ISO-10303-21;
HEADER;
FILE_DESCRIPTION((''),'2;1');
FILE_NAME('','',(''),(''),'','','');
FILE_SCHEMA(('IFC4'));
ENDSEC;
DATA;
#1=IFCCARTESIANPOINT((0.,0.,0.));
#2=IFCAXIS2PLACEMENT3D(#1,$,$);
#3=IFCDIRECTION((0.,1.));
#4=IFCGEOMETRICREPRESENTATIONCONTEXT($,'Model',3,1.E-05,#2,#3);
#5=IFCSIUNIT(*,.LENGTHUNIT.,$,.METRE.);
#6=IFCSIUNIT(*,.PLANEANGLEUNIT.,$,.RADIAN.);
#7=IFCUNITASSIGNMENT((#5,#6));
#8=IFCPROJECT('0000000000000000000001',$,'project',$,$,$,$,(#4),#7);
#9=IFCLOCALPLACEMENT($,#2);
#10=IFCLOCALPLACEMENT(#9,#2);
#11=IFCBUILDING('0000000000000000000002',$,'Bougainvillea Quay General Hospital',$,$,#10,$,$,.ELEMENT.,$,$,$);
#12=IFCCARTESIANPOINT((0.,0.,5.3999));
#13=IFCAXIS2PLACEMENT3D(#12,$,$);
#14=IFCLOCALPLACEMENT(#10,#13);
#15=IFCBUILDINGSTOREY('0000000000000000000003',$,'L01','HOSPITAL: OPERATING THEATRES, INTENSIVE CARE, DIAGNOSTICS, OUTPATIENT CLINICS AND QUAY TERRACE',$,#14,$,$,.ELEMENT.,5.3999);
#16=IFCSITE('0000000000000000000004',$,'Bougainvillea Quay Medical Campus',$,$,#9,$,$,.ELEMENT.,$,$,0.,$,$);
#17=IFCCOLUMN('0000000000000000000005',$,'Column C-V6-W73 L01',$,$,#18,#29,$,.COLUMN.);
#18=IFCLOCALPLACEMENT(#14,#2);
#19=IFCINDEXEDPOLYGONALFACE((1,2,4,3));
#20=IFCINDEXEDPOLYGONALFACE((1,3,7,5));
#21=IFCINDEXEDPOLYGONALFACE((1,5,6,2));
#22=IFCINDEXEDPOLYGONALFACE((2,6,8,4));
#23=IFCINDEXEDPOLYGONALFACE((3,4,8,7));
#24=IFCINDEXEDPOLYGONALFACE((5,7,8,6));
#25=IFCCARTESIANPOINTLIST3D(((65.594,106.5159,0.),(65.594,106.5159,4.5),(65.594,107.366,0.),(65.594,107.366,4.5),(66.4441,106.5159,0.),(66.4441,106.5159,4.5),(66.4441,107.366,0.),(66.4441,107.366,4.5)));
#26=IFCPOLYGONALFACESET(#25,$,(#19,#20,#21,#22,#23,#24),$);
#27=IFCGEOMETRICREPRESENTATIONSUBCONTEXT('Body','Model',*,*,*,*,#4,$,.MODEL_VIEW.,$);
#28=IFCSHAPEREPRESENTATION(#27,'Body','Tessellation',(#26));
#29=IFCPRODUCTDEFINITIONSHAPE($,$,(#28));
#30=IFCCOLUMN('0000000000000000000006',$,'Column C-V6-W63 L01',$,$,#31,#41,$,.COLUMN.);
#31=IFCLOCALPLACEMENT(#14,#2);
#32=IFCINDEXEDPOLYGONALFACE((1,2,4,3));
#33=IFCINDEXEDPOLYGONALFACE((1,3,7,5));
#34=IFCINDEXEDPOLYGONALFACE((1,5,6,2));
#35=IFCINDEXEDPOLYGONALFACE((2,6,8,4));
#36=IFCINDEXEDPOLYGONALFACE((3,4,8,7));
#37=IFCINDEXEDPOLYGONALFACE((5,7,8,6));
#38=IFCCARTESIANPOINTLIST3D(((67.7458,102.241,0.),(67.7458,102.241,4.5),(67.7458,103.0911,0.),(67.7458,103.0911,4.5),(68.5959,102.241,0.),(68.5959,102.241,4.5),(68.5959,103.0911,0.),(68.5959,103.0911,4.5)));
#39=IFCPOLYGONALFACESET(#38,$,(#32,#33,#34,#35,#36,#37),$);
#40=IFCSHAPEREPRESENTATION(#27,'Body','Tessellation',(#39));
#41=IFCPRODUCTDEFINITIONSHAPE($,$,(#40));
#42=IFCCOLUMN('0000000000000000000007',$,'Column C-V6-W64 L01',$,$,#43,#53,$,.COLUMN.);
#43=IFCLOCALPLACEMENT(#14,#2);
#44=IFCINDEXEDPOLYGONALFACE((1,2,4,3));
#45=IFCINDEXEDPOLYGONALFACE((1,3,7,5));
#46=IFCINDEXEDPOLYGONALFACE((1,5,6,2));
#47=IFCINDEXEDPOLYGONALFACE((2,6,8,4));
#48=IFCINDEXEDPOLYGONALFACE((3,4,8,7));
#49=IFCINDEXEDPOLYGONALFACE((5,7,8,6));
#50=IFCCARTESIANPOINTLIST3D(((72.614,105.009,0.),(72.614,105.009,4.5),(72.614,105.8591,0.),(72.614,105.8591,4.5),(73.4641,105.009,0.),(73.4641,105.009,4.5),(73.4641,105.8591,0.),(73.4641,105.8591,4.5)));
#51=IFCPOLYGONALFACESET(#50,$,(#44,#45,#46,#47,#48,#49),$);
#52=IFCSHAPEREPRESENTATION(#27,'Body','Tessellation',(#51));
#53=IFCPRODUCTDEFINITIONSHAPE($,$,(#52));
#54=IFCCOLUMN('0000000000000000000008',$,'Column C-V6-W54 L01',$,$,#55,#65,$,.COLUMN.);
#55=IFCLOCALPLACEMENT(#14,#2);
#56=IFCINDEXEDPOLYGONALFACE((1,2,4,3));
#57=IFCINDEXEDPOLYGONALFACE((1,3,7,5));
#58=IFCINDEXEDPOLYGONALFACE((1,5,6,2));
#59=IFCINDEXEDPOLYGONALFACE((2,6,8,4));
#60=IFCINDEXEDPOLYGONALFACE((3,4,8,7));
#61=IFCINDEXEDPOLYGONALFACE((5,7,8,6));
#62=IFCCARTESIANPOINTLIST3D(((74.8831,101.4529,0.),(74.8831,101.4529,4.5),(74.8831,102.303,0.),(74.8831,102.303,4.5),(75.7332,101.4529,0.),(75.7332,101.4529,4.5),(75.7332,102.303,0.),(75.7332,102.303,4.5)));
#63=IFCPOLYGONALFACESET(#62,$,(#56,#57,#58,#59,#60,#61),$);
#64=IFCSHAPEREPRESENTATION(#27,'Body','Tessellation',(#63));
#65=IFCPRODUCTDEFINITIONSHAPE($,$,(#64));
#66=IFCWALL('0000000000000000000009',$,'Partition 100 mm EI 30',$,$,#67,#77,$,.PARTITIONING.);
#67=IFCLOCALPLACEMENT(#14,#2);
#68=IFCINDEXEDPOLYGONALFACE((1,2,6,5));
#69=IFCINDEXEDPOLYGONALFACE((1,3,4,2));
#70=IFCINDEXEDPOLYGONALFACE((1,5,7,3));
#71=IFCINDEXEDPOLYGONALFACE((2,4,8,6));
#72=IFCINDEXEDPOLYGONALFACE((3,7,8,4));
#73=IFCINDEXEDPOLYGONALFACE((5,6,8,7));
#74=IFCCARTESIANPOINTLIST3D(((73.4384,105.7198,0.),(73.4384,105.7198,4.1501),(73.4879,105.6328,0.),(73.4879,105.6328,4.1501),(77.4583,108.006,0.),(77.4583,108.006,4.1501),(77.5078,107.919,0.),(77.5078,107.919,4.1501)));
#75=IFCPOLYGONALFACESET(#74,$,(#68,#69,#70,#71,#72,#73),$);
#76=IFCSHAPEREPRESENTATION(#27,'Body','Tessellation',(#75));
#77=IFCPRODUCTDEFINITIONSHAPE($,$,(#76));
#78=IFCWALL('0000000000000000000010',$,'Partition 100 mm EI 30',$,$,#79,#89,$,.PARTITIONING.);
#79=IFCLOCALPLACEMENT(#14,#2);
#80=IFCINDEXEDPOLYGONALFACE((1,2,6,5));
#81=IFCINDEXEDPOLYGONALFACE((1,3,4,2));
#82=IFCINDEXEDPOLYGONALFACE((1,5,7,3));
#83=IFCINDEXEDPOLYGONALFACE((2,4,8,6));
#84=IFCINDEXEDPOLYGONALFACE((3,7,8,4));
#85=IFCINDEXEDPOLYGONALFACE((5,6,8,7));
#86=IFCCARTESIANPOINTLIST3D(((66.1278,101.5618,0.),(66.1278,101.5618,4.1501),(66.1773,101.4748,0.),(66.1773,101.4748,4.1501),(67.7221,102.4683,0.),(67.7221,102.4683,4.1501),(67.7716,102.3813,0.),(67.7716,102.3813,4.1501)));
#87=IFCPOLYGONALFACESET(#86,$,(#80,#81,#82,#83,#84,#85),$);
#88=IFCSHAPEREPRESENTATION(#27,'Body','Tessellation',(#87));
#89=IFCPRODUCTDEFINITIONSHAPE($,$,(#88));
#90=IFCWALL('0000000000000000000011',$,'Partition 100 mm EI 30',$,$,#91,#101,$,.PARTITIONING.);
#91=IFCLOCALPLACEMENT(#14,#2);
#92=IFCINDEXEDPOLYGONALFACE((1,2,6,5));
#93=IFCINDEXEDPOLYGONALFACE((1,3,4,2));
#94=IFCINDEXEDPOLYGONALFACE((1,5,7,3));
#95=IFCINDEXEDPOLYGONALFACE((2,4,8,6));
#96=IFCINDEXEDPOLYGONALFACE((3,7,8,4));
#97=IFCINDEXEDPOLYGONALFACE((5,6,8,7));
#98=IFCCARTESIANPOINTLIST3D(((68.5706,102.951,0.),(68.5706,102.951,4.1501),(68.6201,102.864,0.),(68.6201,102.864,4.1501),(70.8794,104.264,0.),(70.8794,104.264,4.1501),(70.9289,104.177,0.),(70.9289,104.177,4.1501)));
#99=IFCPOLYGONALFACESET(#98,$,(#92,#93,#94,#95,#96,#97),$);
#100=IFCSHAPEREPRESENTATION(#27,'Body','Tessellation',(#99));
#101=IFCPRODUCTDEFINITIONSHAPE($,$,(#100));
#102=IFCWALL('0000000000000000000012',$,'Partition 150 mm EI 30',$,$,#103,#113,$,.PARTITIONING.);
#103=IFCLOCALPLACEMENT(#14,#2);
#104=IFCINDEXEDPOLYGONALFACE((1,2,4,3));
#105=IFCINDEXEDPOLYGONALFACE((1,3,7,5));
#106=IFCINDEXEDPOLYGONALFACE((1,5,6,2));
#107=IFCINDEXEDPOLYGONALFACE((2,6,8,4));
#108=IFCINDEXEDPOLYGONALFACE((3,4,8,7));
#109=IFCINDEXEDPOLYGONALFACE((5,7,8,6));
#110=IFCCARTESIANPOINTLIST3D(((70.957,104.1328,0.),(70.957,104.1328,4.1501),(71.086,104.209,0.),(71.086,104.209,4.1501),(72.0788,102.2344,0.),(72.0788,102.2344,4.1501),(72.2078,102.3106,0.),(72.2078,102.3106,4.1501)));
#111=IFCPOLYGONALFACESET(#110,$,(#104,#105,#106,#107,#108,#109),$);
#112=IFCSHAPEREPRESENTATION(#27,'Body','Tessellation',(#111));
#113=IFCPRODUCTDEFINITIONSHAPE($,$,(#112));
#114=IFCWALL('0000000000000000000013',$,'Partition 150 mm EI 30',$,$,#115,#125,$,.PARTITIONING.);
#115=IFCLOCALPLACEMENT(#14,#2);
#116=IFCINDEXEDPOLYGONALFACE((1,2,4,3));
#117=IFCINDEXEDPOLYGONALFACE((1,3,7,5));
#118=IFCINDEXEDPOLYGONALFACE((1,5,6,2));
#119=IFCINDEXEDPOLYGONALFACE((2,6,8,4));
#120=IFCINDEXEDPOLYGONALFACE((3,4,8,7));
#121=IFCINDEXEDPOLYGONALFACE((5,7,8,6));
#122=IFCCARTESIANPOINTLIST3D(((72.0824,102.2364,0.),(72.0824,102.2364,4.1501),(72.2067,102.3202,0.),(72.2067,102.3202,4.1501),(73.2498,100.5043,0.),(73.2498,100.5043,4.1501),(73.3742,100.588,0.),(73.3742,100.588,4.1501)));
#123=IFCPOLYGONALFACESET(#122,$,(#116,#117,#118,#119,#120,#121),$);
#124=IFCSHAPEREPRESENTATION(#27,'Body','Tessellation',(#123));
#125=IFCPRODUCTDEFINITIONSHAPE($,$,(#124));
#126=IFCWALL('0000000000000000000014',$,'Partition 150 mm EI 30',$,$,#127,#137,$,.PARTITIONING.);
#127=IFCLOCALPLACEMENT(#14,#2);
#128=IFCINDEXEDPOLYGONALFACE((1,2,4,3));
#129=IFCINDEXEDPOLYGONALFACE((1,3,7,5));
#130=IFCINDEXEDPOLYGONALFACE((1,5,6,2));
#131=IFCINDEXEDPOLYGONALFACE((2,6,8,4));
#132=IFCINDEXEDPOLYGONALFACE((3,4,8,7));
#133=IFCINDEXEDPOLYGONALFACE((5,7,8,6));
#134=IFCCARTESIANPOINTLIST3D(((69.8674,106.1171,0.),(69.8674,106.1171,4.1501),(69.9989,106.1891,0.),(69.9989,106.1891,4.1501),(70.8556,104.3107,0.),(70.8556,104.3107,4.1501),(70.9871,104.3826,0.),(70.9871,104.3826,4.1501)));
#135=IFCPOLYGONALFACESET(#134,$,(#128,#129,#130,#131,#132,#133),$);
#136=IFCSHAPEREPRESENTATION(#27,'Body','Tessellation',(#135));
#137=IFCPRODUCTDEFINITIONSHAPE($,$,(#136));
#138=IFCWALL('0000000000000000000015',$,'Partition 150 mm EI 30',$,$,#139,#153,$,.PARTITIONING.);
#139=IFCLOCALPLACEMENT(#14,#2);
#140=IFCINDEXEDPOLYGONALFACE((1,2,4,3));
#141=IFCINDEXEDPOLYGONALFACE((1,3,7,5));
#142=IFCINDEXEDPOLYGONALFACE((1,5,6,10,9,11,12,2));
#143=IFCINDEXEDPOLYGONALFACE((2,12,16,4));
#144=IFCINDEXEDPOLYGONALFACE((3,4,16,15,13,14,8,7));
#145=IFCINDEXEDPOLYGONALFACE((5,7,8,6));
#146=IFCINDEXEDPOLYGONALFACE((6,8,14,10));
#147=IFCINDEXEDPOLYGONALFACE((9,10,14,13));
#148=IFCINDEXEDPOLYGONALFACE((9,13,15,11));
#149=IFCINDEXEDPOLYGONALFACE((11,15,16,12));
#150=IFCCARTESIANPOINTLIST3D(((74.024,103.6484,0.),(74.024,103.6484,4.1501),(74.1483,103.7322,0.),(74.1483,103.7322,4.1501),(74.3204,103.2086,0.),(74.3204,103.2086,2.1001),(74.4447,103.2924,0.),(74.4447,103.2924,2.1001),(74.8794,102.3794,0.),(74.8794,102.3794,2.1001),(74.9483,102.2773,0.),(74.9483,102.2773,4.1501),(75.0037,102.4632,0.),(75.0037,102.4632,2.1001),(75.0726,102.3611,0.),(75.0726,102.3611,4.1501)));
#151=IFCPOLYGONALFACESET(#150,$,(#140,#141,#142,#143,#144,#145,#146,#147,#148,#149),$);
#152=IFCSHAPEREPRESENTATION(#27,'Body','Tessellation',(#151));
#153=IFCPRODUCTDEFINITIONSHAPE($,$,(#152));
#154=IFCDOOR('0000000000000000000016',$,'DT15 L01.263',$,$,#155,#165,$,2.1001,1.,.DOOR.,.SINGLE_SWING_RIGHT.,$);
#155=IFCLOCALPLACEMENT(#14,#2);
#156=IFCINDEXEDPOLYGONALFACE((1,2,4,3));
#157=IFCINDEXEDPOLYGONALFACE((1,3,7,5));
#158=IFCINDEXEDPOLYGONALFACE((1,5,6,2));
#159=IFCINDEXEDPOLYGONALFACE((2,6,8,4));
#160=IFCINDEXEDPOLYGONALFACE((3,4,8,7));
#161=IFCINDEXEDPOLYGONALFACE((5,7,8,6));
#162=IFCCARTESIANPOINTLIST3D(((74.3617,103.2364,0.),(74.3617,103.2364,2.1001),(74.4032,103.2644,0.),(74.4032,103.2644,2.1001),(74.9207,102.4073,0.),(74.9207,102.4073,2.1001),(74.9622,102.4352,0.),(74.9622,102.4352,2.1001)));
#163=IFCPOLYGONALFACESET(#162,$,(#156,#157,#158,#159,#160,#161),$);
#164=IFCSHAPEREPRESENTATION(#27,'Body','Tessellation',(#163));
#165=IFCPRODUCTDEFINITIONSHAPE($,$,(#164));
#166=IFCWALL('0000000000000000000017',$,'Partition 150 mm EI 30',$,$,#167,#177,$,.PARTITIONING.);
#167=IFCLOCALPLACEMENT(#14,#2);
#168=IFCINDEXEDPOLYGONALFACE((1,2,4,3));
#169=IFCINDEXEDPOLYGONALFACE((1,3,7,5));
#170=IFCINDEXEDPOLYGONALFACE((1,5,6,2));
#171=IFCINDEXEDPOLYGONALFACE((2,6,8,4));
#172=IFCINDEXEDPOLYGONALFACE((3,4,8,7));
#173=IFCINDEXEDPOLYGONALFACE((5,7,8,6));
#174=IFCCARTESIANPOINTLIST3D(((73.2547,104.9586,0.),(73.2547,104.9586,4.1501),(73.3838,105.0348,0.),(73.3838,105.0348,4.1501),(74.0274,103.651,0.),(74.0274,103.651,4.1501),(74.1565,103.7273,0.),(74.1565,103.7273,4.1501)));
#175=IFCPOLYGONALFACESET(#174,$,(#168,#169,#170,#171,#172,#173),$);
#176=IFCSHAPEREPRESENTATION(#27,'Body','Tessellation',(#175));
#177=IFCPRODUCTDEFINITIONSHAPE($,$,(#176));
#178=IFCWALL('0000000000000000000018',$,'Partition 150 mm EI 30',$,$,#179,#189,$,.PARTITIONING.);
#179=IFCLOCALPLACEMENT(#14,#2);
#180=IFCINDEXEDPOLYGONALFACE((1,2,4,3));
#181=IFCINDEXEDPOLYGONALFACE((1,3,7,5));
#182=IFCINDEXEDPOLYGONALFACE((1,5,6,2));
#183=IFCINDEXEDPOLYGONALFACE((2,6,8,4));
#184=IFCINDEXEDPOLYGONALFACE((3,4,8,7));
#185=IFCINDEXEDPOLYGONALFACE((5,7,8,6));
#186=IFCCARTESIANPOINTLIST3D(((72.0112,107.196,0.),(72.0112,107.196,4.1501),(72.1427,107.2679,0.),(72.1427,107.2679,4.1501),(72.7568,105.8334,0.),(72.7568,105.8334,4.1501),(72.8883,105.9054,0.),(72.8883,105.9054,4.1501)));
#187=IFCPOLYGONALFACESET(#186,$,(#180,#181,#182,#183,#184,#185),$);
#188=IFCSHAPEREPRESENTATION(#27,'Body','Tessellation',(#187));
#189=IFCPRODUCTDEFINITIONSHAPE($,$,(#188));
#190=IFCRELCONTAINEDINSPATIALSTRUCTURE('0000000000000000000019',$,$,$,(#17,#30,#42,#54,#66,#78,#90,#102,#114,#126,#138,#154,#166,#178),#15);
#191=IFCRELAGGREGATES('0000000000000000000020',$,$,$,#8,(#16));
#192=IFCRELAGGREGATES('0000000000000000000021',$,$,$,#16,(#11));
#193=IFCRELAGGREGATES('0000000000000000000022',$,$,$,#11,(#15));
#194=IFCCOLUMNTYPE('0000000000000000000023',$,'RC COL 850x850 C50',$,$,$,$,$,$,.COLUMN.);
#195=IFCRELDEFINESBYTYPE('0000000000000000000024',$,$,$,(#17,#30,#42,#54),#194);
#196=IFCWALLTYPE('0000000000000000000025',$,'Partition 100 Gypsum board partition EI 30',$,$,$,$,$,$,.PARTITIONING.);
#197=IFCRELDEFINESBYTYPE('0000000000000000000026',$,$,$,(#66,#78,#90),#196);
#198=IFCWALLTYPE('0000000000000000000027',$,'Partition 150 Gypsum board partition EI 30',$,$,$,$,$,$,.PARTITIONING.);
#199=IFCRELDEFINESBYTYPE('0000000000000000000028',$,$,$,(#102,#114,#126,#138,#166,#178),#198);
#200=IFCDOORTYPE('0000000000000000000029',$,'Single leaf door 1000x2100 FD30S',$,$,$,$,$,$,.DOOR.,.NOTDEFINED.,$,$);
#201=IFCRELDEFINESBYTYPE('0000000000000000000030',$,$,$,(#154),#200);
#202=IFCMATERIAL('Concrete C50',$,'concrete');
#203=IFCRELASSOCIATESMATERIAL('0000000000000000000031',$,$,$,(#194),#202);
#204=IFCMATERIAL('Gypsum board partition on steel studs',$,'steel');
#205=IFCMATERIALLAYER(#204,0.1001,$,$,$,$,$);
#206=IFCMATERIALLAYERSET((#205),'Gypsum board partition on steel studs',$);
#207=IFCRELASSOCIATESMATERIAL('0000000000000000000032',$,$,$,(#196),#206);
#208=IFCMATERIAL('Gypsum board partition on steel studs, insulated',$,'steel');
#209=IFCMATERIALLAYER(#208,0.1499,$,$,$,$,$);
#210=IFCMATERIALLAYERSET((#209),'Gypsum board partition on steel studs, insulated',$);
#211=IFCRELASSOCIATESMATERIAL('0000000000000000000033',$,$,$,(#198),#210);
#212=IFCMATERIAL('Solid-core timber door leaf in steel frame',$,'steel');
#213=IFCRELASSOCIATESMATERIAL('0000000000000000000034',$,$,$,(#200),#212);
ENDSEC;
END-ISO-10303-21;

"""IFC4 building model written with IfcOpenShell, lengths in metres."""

from ifc_helpers import new_model, si_unit, direction, frame, frame_2d, origin, origin_2d, place, context, subcontext, project, spatial, rectangle, extrude, material, layer, layer_set, material_profile, profile_set, type_object, element, fill, save


model = new_model("IFC4")

# Units and contexts
model_context = context("Model", 3, precision=1e-05, world=origin(), true_north=direction((0.0, 1.0)))
body_context = subcontext(model_context, "Body", "Model", "MODEL_VIEW")
ifc_project = project(units=[si_unit("LENGTHUNIT", "METRE"), si_unit("PLANEANGLEUNIT", "RADIAN")], contexts=[model_context])

# Site, building, storey
site_placement = place(None, origin())
site = spatial("IfcSite", under=ifc_project, at=site_placement, Name="Bougainvillea Quay Medical Campus", CompositionType="ELEMENT", RefElevation=0.0)
building_placement = place(site_placement, origin())
building = spatial("IfcBuilding", under=site, at=building_placement, Name="Bougainvillea Quay General Hospital", CompositionType="ELEMENT")
storey_placement = place(building_placement, frame((0.0, 0.0, 5.3999)))
storey = spatial("IfcBuildingStorey", under=building, at=storey_placement, Name="L01", Description="HOSPITAL: OPERATING THEATRES, INTENSIVE CARE, DIAGNOSTICS, OUTPATIENT CLINICS AND QUAY TERRACE", CompositionType="ELEMENT", Elevation=5.3999)

# Columns
ifc_material_1 = material(Name="Concrete C50", Category="concrete")
ifc_material_profile = material_profile(ifc_material_1, rectangle(XDim=0.8501, YDim=0.8501, at=origin_2d()))
ifc_profile_set = profile_set([ifc_material_profile], Name="Concrete C50")
column_type = type_object("IfcColumnType", Name="RC COL 850x850 C50", PredefinedType="COLUMN", material=ifc_profile_set)
for number, where, z_axis, x_axis, name in (
    (1, (66.019, 106.9409, 0.0), (0.0, 0.0, 1.0), (1.0, 0.0, 0.0), "Column C-V6-W73 L01"),
    (2, (68.1709, 102.666, 0.0), (0.0, 0.0, 1.0), (1.0, 0.0, 0.0), "Column C-V6-W63 L01"),
    (3, (73.0391, 105.4341, 0.0), (0.0, 0.0, 1.0), (1.0, 0.0, 0.0), "Column C-V6-W64 L01"),
    (4, (75.3081, 101.8779, 0.0), (0.0, 0.0, 1.0), (1.0, 0.0, 0.0), "Column C-V6-W54 L01"),
):
    element("IfcColumn", number, at=place(storey_placement, frame(where, z_axis=z_axis, x_axis=x_axis)), inside=storey, type_object=column_type, Name=name, PredefinedType="COLUMN", context=body_context, shape_type="SweptSolid", body=[
        extrude(rectangle(XDim=0.8501, YDim=0.8501, at=origin_2d()), origin(), (0.0, 0.0, 1.0), 4.5),
    ])

# Walls
ifc_material_2 = material(Name="Gypsum board partition on steel studs", Category="steel")
ifc_layer_1 = layer(ifc_material_2, 0.1001)
ifc_layer_set_1 = layer_set([ifc_layer_1], Name="Gypsum board partition on steel studs")
wall_type_1 = type_object("IfcWallType", Name="Partition 100 Gypsum board partition EI 30", PredefinedType="PARTITIONING", material=ifc_layer_set_1)
wall_1_placement = place(storey_placement, frame((73.4631, 105.6763, 0.0), z_axis=(0.0, 0.0, 1.0), x_axis=(0.869255, 0.494364, 0.0)))
element("IfcWall", 5, at=wall_1_placement, inside=storey, type_object=wall_type_1, Name="Partition 100 mm EI 30", PredefinedType="PARTITIONING", context=body_context, shape_type="SweptSolid", body=[
    extrude(rectangle(XDim=4.6245, YDim=0.1001, at=frame_2d((2.3123, 0.0))), origin(), (0.0, 0.0, 1.0), 4.1501),
])
wall_2_placement = place(storey_placement, frame((66.1526, 101.5183, 0.0), z_axis=(0.0, 0.0, 1.0), x_axis=(0.869298, 0.494288, 0.0)))
element("IfcWall", 6, at=wall_2_placement, inside=storey, type_object=wall_type_1, Name="Partition 100 mm EI 30", PredefinedType="PARTITIONING", context=body_context, shape_type="SweptSolid", body=[
    extrude(rectangle(XDim=1.834, YDim=0.1001, at=frame_2d((0.917, 0.0))), origin(), (0.0, 0.0, 1.0), 4.1501),
])
wall_3_placement = place(storey_placement, frame((68.5952, 102.9075, 0.0), z_axis=(0.0, 0.0, 1.0), x_axis=(0.869271, 0.494336, 0.0)))
element("IfcWall", 7, at=wall_3_placement, inside=storey, type_object=wall_type_1, Name="Partition 100 mm EI 30", PredefinedType="PARTITIONING", context=body_context, shape_type="SweptSolid", body=[
    extrude(rectangle(XDim=2.656, YDim=0.1001, at=frame_2d((1.3281, 0.0))), origin(), (0.0, 0.0, 1.0), 4.1501),
])
ifc_material_3 = material(Name="Gypsum board partition on steel studs, insulated", Category="steel")
ifc_layer_2 = layer(ifc_material_3, 0.1499)
ifc_layer_set_2 = layer_set([ifc_layer_2], Name="Gypsum board partition on steel studs, insulated")
wall_type_2 = type_object("IfcWallType", Name="Partition 150 Gypsum board partition EI 30", PredefinedType="PARTITIONING", material=ifc_layer_set_2)
wall_4_placement = place(storey_placement, frame((71.0215, 104.1709, 0.0), z_axis=(0.0, 0.0, 1.0), x_axis=(0.508737, -0.860922, 0.0)))
element("IfcWall", 8, at=wall_4_placement, inside=storey, type_object=wall_type_2, Name="Partition 150 mm EI 30", PredefinedType="PARTITIONING", context=body_context, shape_type="SweptSolid", body=[
    extrude(rectangle(XDim=2.2051, YDim=0.1499, at=frame_2d((1.1025, 0.0))), origin(), (0.0, 0.0, 1.0), 4.1501),
])
wall_5_placement = place(storey_placement, frame((72.1445, 102.2783, 0.0), z_axis=(0.0, 0.0, 1.0), x_axis=(0.558901, -0.829235, 0.0)))
element("IfcWall", 9, at=wall_5_placement, inside=storey, type_object=wall_type_2, Name="Partition 150 mm EI 30", PredefinedType="PARTITIONING", context=body_context, shape_type="SweptSolid", body=[
    extrude(rectangle(XDim=2.0889, YDim=0.1499, at=frame_2d((1.0444, 0.0))), origin(), (0.0, 0.0, 1.0), 4.1501),
])
wall_6_placement = place(storey_placement, frame((69.9331, 106.1531, 0.0), z_axis=(0.0, 0.0, 1.0), x_axis=(0.479965, -0.877288, 0.0)))
element("IfcWall", 10, at=wall_6_placement, inside=storey, type_object=wall_type_2, Name="Partition 150 mm EI 30", PredefinedType="PARTITIONING", context=body_context, shape_type="SweptSolid", body=[
    extrude(rectangle(XDim=2.0591, YDim=0.1499, at=frame_2d((1.0295, 0.0))), origin(), (0.0, 0.0, 1.0), 4.1501),
])

# Wall, opening, door
wall_7_placement = place(storey_placement, frame((74.0862, 103.6902, 0.0), z_axis=(0.0, 0.0, 1.0), x_axis=(0.558986, -0.829177, 0.0)))
wall_7 = element("IfcWall", 11, at=wall_7_placement, inside=storey, type_object=wall_type_2, Name="Partition 150 mm EI 30", PredefinedType="PARTITIONING", context=body_context, shape_type="SweptSolid", body=[
    extrude(rectangle(XDim=1.6536, YDim=0.1499, at=frame_2d((0.8267, 0.0))), origin(), (0.0, 0.0, 1.0), 4.1501),
])
opening_1_placement = place(wall_7_placement, frame((0.5303, 0.0, 0.0)))
opening_1 = element("IfcOpeningElement", 12, at=opening_1_placement, cuts=wall_7, PredefinedType="OPENING", context=body_context, shape_type="SweptSolid", body=[
    extrude(rectangle(XDim=1.0, YDim=2.1001, at=frame_2d((0.5, 1.05))), frame((0.0, 0.085, 0.0), z_axis=(0.0, -1.0, 0.0), x_axis=(1.0, 0.0, 0.0)), (0.0, 0.0, 1.0), 0.1699),
])
ifc_material_4 = material(Name="Solid-core timber door leaf in steel frame", Category="steel")
door_type_1 = type_object("IfcDoorType", Name="Single leaf door 1000x2100 FD30S", OperationType="NOTDEFINED", PredefinedType="DOOR", material=ifc_material_4)
door_1_placement = place(opening_1_placement, origin())
door_1 = element("IfcDoor", 13, at=door_1_placement, inside=storey, type_object=door_type_1, Name="DT15 L01.263", OperationType="SINGLE_SWING_RIGHT", OverallHeight=2.1001, OverallWidth=1.0, PredefinedType="DOOR", context=body_context, shape_type="SweptSolid", body=[
    extrude(rectangle(XDim=1.0, YDim=2.1001, at=frame_2d((0.5, 1.05))), frame((0.0, 0.0249, 0.0), z_axis=(0.0, -1.0, 0.0), x_axis=(1.0, 0.0, 0.0)), (0.0, 0.0, 1.0), 0.05),
])
fill(opening_1, door_1)

# Walls
wall_8_placement = place(storey_placement, frame((73.3193, 104.9966, 0.0), z_axis=(0.0, 0.0, 1.0), x_axis=(0.50874, -0.86092, 0.0)))
element("IfcWall", 14, at=wall_8_placement, inside=storey, type_object=wall_type_2, Name="Partition 150 mm EI 30", PredefinedType="PARTITIONING", context=body_context, shape_type="SweptSolid", body=[
    extrude(rectangle(XDim=1.5188, YDim=0.1499, at=frame_2d((0.7593, 0.0))), origin(), (0.0, 0.0, 1.0), 4.1501),
])
wall_9_placement = place(storey_placement, frame((72.0769, 107.2319, 0.0), z_axis=(0.0, 0.0, 1.0), x_axis=(0.480041, -0.877246, 0.0)))
element("IfcWall", 15, at=wall_9_placement, inside=storey, type_object=wall_type_2, Name="Partition 150 mm EI 30", PredefinedType="PARTITIONING", context=body_context, shape_type="SweptSolid", body=[
    extrude(rectangle(XDim=1.5532, YDim=0.1499, at=frame_2d((0.7766, 0.0))), origin(), (0.0, 0.0, 1.0), 4.1501),
])

save(model, "model.ifc")
